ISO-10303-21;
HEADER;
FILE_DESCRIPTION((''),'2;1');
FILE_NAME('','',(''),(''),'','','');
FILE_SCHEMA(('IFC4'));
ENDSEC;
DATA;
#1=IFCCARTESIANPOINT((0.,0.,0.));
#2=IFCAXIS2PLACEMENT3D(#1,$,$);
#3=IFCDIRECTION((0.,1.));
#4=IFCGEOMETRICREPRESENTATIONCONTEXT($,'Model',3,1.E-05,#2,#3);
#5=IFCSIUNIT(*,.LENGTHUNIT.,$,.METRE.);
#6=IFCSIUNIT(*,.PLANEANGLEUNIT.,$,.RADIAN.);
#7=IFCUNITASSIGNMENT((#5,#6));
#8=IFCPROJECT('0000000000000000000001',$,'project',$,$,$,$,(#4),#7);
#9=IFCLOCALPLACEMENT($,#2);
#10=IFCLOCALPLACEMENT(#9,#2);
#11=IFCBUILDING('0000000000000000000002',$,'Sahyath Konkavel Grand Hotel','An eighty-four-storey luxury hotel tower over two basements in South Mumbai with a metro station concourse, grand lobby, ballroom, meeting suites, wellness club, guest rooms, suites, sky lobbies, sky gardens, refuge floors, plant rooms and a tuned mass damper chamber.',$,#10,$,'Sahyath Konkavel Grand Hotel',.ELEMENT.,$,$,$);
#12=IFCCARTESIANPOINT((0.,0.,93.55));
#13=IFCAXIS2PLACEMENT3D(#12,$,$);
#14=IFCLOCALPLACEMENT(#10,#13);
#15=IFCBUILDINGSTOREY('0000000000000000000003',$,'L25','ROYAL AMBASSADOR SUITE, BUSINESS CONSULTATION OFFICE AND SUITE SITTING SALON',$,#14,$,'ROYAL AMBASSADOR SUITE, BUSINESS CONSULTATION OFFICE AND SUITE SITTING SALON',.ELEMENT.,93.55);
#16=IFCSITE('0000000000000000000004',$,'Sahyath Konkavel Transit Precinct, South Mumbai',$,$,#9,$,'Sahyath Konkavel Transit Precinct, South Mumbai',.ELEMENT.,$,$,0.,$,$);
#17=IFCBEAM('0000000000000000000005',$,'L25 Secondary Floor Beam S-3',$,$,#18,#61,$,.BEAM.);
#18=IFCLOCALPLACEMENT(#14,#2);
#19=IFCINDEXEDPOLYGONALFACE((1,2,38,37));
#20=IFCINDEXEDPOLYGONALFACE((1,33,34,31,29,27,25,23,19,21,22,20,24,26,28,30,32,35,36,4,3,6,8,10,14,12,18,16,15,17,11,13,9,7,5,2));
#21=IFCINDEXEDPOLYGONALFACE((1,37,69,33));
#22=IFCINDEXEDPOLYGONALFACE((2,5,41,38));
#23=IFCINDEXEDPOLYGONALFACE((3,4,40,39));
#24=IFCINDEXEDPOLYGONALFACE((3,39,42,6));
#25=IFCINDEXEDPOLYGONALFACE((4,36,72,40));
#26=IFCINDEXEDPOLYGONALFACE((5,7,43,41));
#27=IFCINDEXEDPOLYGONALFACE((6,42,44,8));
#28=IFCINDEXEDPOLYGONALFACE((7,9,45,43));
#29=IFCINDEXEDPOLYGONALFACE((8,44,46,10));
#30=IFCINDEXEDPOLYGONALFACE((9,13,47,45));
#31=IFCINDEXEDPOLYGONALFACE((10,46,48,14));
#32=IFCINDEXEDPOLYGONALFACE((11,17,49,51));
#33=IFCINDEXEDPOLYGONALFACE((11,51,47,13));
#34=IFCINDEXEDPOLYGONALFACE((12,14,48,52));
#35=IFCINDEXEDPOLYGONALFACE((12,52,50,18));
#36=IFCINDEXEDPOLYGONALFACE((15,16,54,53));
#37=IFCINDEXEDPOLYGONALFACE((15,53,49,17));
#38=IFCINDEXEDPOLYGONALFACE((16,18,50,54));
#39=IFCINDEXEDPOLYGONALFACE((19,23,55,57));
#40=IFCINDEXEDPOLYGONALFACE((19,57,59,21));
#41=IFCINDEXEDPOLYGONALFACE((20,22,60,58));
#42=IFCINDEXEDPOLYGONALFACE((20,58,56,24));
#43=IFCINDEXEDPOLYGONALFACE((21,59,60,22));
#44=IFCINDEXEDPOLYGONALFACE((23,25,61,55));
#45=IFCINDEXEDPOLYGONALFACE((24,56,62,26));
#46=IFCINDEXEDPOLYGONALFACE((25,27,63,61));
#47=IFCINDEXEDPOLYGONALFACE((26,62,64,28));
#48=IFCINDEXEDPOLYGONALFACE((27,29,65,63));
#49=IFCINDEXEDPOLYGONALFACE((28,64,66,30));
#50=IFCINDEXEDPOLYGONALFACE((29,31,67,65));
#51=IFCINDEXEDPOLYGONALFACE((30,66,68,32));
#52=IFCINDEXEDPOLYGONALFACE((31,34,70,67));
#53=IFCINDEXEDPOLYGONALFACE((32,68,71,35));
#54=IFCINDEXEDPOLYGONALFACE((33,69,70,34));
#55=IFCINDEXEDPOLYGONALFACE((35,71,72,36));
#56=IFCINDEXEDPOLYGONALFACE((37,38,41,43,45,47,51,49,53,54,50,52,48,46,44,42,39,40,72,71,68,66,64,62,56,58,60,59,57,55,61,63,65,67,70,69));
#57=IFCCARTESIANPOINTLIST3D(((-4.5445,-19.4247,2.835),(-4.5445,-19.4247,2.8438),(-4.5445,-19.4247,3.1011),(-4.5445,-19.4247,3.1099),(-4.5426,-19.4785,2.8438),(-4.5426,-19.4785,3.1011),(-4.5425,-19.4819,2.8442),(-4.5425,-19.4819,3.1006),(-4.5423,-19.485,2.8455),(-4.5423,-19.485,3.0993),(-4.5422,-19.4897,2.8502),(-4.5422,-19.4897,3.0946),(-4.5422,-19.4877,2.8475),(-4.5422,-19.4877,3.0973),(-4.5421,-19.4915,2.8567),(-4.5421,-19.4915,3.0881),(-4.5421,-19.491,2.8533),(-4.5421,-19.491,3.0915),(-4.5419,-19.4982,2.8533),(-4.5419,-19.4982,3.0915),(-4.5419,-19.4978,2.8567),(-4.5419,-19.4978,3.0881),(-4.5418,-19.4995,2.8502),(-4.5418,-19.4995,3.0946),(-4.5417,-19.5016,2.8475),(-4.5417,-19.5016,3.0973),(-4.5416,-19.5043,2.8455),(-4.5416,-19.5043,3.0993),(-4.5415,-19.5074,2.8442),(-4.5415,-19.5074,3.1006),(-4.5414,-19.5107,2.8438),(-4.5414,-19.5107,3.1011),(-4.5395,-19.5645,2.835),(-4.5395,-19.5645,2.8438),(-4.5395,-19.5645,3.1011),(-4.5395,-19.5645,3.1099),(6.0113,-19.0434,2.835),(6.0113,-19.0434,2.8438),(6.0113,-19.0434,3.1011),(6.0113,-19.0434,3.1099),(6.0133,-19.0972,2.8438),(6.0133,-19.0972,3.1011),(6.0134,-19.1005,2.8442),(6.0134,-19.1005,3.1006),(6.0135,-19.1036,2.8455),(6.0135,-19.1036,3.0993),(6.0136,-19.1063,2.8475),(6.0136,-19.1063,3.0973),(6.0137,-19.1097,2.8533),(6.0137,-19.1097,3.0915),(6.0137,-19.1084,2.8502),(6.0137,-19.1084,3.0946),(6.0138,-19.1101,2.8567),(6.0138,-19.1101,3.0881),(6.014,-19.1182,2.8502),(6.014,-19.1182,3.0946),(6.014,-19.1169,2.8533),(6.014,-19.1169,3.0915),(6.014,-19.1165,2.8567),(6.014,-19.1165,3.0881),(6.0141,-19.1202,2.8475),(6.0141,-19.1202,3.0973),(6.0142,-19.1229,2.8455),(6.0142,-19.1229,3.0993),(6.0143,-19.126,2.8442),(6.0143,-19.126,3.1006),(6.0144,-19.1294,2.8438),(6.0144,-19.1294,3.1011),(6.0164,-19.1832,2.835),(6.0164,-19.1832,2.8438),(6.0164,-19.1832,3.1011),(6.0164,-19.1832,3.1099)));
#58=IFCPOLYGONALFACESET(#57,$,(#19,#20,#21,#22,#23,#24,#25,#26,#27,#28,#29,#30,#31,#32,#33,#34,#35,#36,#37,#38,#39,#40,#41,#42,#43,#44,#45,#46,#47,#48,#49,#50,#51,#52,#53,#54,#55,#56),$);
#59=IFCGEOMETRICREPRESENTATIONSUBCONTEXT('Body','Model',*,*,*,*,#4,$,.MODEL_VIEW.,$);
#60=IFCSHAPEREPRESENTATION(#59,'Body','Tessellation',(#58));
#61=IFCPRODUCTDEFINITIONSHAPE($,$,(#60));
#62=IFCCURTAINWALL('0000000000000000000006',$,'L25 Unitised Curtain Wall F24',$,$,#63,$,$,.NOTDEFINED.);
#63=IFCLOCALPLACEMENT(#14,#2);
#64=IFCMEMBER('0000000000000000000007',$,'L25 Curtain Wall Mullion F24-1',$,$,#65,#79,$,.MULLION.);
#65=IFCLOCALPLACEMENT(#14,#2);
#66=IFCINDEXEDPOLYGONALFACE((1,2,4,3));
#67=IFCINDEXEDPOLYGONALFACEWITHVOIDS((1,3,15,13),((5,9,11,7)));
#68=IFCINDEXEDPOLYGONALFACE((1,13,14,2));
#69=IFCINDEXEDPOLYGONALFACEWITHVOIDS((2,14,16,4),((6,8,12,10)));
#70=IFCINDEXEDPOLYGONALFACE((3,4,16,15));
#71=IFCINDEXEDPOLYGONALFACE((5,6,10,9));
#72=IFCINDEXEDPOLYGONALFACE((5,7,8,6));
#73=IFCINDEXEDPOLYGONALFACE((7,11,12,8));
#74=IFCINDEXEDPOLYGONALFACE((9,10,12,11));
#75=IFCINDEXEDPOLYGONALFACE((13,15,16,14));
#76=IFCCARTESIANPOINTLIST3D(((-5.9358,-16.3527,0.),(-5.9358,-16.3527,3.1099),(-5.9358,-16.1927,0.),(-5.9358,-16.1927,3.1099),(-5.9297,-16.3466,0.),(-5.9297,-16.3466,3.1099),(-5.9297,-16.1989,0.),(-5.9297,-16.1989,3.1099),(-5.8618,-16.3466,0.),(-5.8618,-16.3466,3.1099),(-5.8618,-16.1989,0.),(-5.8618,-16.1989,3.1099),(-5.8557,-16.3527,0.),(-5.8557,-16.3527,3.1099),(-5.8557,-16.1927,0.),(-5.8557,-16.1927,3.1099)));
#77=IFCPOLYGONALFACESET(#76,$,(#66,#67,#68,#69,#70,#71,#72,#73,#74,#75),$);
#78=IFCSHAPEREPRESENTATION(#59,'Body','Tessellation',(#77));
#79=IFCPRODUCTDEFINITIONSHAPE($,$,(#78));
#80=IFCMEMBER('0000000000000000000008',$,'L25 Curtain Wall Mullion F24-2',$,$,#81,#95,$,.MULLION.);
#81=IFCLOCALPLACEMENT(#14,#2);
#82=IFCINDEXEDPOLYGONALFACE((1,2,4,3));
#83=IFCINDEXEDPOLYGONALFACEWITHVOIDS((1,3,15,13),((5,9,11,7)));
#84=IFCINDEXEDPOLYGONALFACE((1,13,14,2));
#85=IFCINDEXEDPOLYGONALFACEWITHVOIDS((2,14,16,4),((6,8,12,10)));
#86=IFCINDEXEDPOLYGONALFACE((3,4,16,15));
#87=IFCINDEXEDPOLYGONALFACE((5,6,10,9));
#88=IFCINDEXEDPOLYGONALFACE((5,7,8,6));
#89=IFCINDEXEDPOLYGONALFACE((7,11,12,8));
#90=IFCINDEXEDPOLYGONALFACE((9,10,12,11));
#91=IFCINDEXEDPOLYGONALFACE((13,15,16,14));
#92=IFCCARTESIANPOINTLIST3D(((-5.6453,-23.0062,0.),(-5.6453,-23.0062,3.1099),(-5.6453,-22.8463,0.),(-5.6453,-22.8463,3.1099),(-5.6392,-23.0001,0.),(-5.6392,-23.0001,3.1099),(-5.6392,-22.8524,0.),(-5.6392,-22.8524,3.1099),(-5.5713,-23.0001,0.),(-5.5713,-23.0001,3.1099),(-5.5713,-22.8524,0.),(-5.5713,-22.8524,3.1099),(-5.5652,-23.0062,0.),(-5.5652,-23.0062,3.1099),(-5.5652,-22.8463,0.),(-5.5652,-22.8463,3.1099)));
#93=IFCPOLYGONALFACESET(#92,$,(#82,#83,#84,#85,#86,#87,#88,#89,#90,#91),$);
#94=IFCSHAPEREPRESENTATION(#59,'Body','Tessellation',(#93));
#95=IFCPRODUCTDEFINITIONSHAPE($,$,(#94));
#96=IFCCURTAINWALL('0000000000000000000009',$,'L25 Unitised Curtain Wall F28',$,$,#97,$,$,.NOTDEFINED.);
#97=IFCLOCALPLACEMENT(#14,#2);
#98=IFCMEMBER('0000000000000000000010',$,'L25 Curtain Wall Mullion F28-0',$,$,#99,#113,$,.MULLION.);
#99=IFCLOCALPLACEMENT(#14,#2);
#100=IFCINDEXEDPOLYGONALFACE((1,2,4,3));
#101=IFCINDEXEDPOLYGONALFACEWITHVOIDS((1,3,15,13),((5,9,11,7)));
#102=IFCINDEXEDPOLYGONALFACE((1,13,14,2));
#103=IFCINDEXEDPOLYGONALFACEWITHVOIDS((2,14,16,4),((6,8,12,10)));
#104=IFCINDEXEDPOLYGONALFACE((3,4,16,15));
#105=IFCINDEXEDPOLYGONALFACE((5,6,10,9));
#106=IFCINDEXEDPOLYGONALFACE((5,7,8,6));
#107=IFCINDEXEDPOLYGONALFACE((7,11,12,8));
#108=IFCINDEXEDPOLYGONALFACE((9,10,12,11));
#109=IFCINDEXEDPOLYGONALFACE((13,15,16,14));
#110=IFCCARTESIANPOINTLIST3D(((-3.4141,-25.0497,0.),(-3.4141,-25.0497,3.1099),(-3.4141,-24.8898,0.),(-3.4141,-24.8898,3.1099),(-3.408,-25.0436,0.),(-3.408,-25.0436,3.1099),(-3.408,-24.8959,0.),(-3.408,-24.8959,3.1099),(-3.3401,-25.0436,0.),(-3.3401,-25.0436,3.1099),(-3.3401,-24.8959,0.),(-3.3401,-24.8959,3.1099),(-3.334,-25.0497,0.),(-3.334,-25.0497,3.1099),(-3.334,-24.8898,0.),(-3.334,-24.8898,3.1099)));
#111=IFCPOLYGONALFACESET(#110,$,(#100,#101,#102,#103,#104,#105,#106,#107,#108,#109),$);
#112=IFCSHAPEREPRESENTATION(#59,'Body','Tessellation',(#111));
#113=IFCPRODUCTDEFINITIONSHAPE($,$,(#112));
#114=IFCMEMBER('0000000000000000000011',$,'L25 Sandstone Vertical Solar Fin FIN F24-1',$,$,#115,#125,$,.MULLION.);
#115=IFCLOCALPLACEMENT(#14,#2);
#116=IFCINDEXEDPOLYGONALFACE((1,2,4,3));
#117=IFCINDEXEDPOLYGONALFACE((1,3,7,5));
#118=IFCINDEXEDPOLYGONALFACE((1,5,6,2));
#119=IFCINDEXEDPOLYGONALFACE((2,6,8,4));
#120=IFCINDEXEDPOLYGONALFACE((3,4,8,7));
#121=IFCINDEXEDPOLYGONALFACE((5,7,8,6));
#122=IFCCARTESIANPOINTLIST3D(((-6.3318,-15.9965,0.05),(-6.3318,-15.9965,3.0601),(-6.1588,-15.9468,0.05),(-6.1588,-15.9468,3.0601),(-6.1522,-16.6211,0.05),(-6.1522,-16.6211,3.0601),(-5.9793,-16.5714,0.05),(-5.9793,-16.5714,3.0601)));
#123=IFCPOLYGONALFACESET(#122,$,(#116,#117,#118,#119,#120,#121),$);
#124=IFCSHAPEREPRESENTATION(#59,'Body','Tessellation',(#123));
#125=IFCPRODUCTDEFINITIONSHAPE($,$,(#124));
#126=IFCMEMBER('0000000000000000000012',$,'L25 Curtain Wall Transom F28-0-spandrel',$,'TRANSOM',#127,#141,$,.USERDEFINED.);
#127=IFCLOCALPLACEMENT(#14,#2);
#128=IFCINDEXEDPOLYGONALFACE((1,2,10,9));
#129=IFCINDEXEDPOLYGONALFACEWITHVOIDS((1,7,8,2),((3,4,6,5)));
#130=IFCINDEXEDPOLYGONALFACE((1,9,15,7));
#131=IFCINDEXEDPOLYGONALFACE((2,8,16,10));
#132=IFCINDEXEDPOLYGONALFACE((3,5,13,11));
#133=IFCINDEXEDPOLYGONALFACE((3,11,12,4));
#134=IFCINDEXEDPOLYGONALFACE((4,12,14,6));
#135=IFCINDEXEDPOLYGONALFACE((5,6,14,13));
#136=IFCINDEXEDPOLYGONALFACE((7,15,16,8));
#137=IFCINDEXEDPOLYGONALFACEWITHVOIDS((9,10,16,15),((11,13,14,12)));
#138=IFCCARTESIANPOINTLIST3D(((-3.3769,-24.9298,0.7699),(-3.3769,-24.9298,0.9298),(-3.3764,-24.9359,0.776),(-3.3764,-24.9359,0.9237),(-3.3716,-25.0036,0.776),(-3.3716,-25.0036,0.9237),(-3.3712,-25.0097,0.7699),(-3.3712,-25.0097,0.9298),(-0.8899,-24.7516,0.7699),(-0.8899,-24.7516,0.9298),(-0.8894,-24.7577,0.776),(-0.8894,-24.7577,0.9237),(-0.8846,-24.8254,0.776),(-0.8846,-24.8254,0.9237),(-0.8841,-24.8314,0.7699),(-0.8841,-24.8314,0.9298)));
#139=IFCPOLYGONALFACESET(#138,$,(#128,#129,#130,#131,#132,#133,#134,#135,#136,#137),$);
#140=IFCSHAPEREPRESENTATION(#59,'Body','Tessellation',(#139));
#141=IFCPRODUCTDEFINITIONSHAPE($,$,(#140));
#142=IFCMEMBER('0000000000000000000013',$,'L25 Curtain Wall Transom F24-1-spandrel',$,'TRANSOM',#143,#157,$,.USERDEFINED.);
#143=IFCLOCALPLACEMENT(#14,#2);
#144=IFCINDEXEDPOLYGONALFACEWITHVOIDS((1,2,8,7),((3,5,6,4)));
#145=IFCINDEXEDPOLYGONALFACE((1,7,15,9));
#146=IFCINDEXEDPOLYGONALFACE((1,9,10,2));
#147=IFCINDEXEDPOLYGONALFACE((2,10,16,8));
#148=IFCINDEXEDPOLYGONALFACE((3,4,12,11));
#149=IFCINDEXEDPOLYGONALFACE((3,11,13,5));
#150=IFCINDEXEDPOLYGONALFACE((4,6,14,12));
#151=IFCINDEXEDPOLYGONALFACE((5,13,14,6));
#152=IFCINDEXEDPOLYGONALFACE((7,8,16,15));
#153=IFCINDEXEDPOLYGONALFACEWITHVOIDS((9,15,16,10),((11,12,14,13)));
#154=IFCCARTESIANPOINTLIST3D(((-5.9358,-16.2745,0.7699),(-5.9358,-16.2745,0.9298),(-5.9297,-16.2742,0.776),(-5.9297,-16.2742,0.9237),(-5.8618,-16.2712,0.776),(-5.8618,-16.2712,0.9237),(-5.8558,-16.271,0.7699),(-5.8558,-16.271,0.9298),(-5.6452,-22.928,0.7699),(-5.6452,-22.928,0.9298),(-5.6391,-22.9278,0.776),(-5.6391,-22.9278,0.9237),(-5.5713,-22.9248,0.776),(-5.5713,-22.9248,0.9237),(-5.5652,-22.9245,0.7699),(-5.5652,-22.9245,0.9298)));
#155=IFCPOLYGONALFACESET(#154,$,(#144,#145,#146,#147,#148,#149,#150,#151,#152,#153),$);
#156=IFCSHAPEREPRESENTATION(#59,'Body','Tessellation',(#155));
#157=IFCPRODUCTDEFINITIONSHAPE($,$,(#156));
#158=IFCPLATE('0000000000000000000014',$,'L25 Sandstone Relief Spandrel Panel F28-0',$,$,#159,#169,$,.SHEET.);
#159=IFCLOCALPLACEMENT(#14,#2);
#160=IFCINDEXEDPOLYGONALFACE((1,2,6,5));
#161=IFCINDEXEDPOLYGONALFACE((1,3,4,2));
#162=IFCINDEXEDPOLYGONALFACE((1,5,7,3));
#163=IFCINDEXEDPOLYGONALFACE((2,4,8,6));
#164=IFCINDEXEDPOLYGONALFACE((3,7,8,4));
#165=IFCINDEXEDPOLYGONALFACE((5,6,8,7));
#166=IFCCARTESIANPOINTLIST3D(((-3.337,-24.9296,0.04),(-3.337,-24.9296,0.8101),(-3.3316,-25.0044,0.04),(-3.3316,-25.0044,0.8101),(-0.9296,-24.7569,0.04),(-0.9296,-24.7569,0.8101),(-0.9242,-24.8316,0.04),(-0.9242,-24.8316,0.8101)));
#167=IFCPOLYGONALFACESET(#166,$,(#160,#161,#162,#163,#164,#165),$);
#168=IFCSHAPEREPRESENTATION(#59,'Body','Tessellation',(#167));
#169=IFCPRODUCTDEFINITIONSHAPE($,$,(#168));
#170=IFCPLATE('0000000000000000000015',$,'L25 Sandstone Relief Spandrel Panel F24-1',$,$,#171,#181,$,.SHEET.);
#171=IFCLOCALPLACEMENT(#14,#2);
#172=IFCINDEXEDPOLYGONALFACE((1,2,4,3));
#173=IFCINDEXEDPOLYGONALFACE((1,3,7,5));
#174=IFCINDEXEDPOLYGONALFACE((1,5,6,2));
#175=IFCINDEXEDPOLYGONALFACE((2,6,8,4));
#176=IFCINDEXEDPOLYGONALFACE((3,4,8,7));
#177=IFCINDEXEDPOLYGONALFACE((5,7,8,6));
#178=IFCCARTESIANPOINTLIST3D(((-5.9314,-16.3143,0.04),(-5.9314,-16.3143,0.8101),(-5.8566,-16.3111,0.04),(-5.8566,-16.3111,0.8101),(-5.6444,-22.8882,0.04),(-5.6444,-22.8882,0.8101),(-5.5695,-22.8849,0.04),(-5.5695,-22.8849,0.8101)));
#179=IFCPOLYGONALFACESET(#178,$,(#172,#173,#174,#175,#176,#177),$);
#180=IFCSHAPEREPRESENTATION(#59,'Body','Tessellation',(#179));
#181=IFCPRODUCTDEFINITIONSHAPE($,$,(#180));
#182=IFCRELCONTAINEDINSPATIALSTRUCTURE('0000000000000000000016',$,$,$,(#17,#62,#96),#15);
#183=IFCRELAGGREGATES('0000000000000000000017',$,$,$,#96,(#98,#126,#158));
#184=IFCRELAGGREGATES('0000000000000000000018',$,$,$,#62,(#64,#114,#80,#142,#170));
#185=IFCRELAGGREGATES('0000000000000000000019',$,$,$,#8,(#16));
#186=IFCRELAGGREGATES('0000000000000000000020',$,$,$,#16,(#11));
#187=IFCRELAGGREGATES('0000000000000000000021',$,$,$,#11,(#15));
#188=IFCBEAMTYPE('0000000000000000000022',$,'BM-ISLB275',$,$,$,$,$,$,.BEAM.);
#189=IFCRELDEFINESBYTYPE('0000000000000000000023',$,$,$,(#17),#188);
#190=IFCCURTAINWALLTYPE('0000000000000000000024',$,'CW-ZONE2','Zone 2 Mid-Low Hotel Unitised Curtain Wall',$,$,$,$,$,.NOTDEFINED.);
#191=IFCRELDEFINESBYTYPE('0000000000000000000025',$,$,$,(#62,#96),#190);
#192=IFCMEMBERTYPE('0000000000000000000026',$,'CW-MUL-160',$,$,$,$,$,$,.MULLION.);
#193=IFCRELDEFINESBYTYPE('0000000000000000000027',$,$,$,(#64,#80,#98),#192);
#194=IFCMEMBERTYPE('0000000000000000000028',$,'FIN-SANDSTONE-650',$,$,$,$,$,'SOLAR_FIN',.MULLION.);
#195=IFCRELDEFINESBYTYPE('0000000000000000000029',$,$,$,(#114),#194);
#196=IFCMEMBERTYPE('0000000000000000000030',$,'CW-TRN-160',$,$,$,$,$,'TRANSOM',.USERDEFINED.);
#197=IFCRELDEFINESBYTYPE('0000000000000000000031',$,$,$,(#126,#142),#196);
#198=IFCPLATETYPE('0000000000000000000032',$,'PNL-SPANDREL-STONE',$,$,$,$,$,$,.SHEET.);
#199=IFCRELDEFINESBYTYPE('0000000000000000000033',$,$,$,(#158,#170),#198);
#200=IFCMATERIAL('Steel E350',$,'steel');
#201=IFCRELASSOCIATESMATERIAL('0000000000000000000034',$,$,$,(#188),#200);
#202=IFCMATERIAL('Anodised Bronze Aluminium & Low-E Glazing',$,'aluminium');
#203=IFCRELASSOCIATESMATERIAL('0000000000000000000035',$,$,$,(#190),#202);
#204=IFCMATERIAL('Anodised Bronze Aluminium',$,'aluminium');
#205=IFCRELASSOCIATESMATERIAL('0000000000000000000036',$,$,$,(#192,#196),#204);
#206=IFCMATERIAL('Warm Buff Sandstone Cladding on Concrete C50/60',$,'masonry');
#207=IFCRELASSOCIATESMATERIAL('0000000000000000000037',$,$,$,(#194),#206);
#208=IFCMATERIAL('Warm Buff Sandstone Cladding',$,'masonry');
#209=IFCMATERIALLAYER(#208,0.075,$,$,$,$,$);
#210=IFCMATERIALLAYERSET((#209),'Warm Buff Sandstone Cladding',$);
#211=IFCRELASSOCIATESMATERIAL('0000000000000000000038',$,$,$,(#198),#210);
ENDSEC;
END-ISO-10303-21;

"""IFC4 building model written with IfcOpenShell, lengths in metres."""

from ifc_helpers import new_model, si_unit, direction, frame, origin, origin_2d, place, context, subcontext, project, spatial, rectangle, hollow_rectangle, i_section, extrude, source, transform, mapped, material, layer, layer_set, material_profile, profile_set, type_object, element, aggregate, save


model = new_model("IFC4")

# Units and contexts
model_context = context("Model", 3, precision=1e-05, world=origin(), true_north=direction((0.0, 1.0)))
body_context = subcontext(model_context, "Body", "Model", "MODEL_VIEW")
ifc_project = project(units=[si_unit("LENGTHUNIT", "METRE"), si_unit("PLANEANGLEUNIT", "RADIAN")], contexts=[model_context])

# Site, building, storey
site_placement = place(None, origin())
site = spatial("IfcSite", under=ifc_project, at=site_placement, Name="Sahyath Konkavel Transit Precinct, South Mumbai", LongName="Sahyath Konkavel Transit Precinct, South Mumbai", CompositionType="ELEMENT", RefElevation=0.0)
building_placement = place(site_placement, origin())
building = spatial("IfcBuilding", under=site, at=building_placement, Name="Sahyath Konkavel Grand Hotel", Description="An eighty-four-storey luxury hotel tower over two basements in South Mumbai with a metro station concourse, grand lobby, ballroom, meeting suites, wellness club, guest rooms, suites, sky lobbies, sky gardens, refuge floors, plant rooms and a tuned mass damper chamber.", LongName="Sahyath Konkavel Grand Hotel", CompositionType="ELEMENT")
storey_placement = place(building_placement, frame((0.0, 0.0, 93.55)))
storey = spatial("IfcBuildingStorey", under=building, at=storey_placement, Name="L25", Description="ROYAL AMBASSADOR SUITE, BUSINESS CONSULTATION OFFICE AND SUITE SITTING SALON", LongName="ROYAL AMBASSADOR SUITE, BUSINESS CONSULTATION OFFICE AND SUITE SITTING SALON", CompositionType="ELEMENT", Elevation=93.55)

# Beam
ifc_material_1 = material(Name="Steel E350", Category="steel")
ifc_material_profile_1 = material_profile(ifc_material_1, i_section(OverallWidth=0.1399, OverallDepth=0.2749, WebThickness=0.0063, FlangeThickness=0.0088, FilletRadius=0.0129, at=origin_2d()), Name="ISLB 275")
ifc_profile_set_1 = profile_set([ifc_material_profile_1], Name="Steel E350")
beam_type_1 = type_object("IfcBeamType", Name="BM-ISLB275", PredefinedType="BEAM", material=ifc_profile_set_1)
shared_shape_1 = source(origin(), body_context, "Body", "SweptSolid", [
    extrude(i_section(OverallWidth=0.1399, OverallDepth=0.2749, WebThickness=0.0063, FlangeThickness=0.0088, FilletRadius=0.0129, at=origin_2d()), origin(), (0.0, 0.0, 1.0), 10.5627),
])
beam_1_placement = place(storey_placement, frame((-4.542, -19.4946, 2.9724), z_axis=(0.999348, 0.036103, 0.0), x_axis=(-0.036103, 0.999348, 0.0)))
element("IfcBeam", 1, at=beam_1_placement, inside=storey, type_object=beam_type_1, Name="L25 Secondary Floor Beam S-3", PredefinedType="BEAM", context=body_context, shape_type="MappedRepresentation", body=[
    mapped(shared_shape_1, transform((0.0, 0.0, 0.0), scale=1.0)),
])

# Curtain wall, members
ifc_material_2 = material(Name="Anodised Bronze Aluminium & Low-E Glazing", Category="aluminium")
curtain_wall_type = type_object("IfcCurtainWallType", Name="CW-ZONE2", Description="Zone 2 Mid-Low Hotel Unitised Curtain Wall", PredefinedType="NOTDEFINED", material=ifc_material_2)
curtain_wall_1_placement = place(storey_placement, origin())
curtain_wall_1 = element("IfcCurtainWall", 2, at=curtain_wall_1_placement, inside=storey, type_object=curtain_wall_type, Name="L25 Unitised Curtain Wall F24", PredefinedType="NOTDEFINED")
ifc_material_3 = material(Name="Anodised Bronze Aluminium", Category="aluminium")
ifc_material_profile_2 = material_profile(ifc_material_3, hollow_rectangle(XDim=0.0801, YDim=0.1599, WallThickness=0.0061, at=origin_2d()), Name="RHS 160x80x6")
ifc_profile_set_2 = profile_set([ifc_material_profile_2], Name="Anodised Bronze Aluminium")
member_type_1 = type_object("IfcMemberType", Name="CW-MUL-160", PredefinedType="MULLION", material=ifc_profile_set_2)
shared_shape_2 = source(origin(), body_context, "Body", "SweptSolid", [
    extrude(hollow_rectangle(XDim=0.0801, YDim=0.1599, WallThickness=0.0061, at=origin_2d()), origin(), (0.0, 0.0, 1.0), 3.1099),
])
member_1_placement = place(storey_placement, frame((-5.8958, -16.2727, 0.0), z_axis=(0.0, 0.0, 1.0), x_axis=(1.0, 0.0, 0.0)))
member_1 = element("IfcMember", 3, at=member_1_placement, type_object=member_type_1, Name="L25 Curtain Wall Mullion F24-1", PredefinedType="MULLION", context=body_context, shape_type="MappedRepresentation", body=[
    mapped(shared_shape_2, transform((0.0, 0.0, 0.0), scale=1.0)),
])
member_2_placement = place(storey_placement, frame((-5.6052, -22.9263, 0.0), z_axis=(0.0, 0.0, 1.0), x_axis=(1.0, 0.0, 0.0)))
member_2 = element("IfcMember", 4, at=member_2_placement, type_object=member_type_1, Name="L25 Curtain Wall Mullion F24-2", PredefinedType="MULLION", context=body_context, shape_type="MappedRepresentation", body=[
    mapped(shared_shape_2, transform((0.0, 0.0, 0.0), scale=1.0)),
])

# Curtain wall, member
curtain_wall_2_placement = place(storey_placement, origin())
curtain_wall_2 = element("IfcCurtainWall", 5, at=curtain_wall_2_placement, inside=storey, type_object=curtain_wall_type, Name="L25 Unitised Curtain Wall F28", PredefinedType="NOTDEFINED")
member_3_placement = place(storey_placement, frame((-3.374, -24.9697, 0.0), z_axis=(0.0, 0.0, 1.0), x_axis=(1.0, 0.0, 0.0)))
member_3 = element("IfcMember", 6, at=member_3_placement, type_object=member_type_1, Name="L25 Curtain Wall Mullion F28-0", PredefinedType="MULLION", context=body_context, shape_type="MappedRepresentation", body=[
    mapped(shared_shape_2, transform((0.0, 0.0, 0.0), scale=1.0)),
])

# Members
ifc_material_4 = material(Name="Warm Buff Sandstone Cladding on Concrete C50/60", Category="masonry")
ifc_material_profile_3 = material_profile(ifc_material_4, rectangle(XDim=0.1799, YDim=0.6499, at=origin_2d()), Name="FIN 180x650")
ifc_profile_set_3 = profile_set([ifc_material_profile_3], Name="Warm Buff Sandstone Cladding on Concrete C50/60")
member_type_2 = type_object("IfcMemberType", Name="FIN-SANDSTONE-650", ElementType="SOLAR_FIN", PredefinedType="MULLION", material=ifc_profile_set_3)
shared_shape_3 = source(origin(), body_context, "Body", "SweptSolid", [
    extrude(rectangle(XDim=0.1799, YDim=0.6499, at=origin_2d()), origin(), (0.0, 0.0, 1.0), 3.01),
])
member_4_placement = place(storey_placement, frame((-6.1555, -16.2839, 0.05), z_axis=(0.0, 0.0, 1.0), x_axis=(0.961069, 0.276308, 0.0)))
member_4 = element("IfcMember", 7, at=member_4_placement, type_object=member_type_2, Name="L25 Sandstone Vertical Solar Fin FIN F24-1", PredefinedType="MULLION", context=body_context, shape_type="MappedRepresentation", body=[
    mapped(shared_shape_3, transform((0.0, 0.0, 0.0), scale=1.0)),
])
ifc_material_profile_4 = material_profile(ifc_material_3, hollow_rectangle(XDim=0.0801, YDim=0.1599, WallThickness=0.0061, at=origin_2d()), Name="RHS 160x80x6")
ifc_profile_set_4 = profile_set([ifc_material_profile_4], Name="Anodised Bronze Aluminium")
member_type_3 = type_object("IfcMemberType", Name="CW-TRN-160", ElementType="TRANSOM", PredefinedType="USERDEFINED", material=ifc_profile_set_4)
shared_shape_4 = source(origin(), body_context, "Body", "SweptSolid", [
    extrude(hollow_rectangle(XDim=0.0801, YDim=0.1599, WallThickness=0.0061, at=origin_2d()), origin(), (0.0, 0.0, 1.0), 2.4934),
])
member_5_placement = place(storey_placement, frame((-3.374, -24.9697, 0.8499), z_axis=(0.997442, 0.071477, 0.0), x_axis=(-0.071477, 0.997442, 0.0)))
member_5 = element("IfcMember", 8, at=member_5_placement, type_object=member_type_3, Name="L25 Curtain Wall Transom F28-0-spandrel", ObjectType="TRANSOM", PredefinedType="USERDEFINED", context=body_context, shape_type="MappedRepresentation", body=[
    mapped(shared_shape_4, transform((0.0, 0.0, 0.0), scale=1.0)),
])
shared_shape_5 = source(origin(), body_context, "Body", "SweptSolid", [
    extrude(hollow_rectangle(XDim=0.0801, YDim=0.1599, WallThickness=0.0061, at=origin_2d()), origin(), (0.0, 0.0, 1.0), 6.6599),
])
member_6_placement = place(storey_placement, frame((-5.8958, -16.2727, 0.8499), z_axis=(0.043623, -0.999048, 0.0), x_axis=(0.999048, 0.043623, 0.0)))
member_6 = element("IfcMember", 9, at=member_6_placement, type_object=member_type_3, Name="L25 Curtain Wall Transom F24-1-spandrel", ObjectType="TRANSOM", PredefinedType="USERDEFINED", context=body_context, shape_type="MappedRepresentation", body=[
    mapped(shared_shape_5, transform((0.0, 0.0, 0.0), scale=1.0)),
])

# Plates
ifc_material_5 = material(Name="Warm Buff Sandstone Cladding", Category="masonry")
ifc_layer_1 = layer(ifc_material_5, 0.075)
ifc_layer_set_1 = layer_set([ifc_layer_1], Name="Warm Buff Sandstone Cladding")
plate_type_1 = type_object("IfcPlateType", Name="PNL-SPANDREL-STONE", PredefinedType="SHEET", material=ifc_layer_set_1)
shared_shape_6 = source(origin(), body_context, "Body", "SweptSolid", [
    extrude(rectangle(XDim=2.4136, YDim=0.075, at=origin_2d()), origin(), (0.0, 0.0, 1.0), 0.77),
])
plate_1_placement = place(storey_placement, frame((-2.1306, -24.8806, 0.04), z_axis=(0.0, 0.0, 1.0), x_axis=(0.997436, 0.071567, 0.0)))
plate_1 = element("IfcPlate", 10, at=plate_1_placement, type_object=plate_type_1, Name="L25 Sandstone Relief Spandrel Panel F28-0", PredefinedType="SHEET", context=body_context, shape_type="MappedRepresentation", body=[
    mapped(shared_shape_6, transform((0.0, 0.0, 0.0), scale=1.0)),
])
shared_shape_7 = source(origin(), body_context, "Body", "SweptSolid", [
    extrude(rectangle(XDim=6.5801, YDim=0.075, at=origin_2d()), origin(), (0.0, 0.0, 1.0), 0.77),
])
plate_2_placement = place(storey_placement, frame((-5.7505, -19.5996, 0.04), z_axis=(0.0, 0.0, 1.0), x_axis=(0.043619, -0.999048, 0.0)))
plate_2 = element("IfcPlate", 11, at=plate_2_placement, type_object=plate_type_1, Name="L25 Sandstone Relief Spandrel Panel F24-1", PredefinedType="SHEET", context=body_context, shape_type="MappedRepresentation", body=[
    mapped(shared_shape_7, transform((0.0, 0.0, 0.0), scale=1.0)),
])
aggregate(curtain_wall_2, [member_3, member_5, plate_1])
aggregate(curtain_wall_1, [member_1, member_4, member_2, member_6, plate_2])

save(model, "model.ifc")
